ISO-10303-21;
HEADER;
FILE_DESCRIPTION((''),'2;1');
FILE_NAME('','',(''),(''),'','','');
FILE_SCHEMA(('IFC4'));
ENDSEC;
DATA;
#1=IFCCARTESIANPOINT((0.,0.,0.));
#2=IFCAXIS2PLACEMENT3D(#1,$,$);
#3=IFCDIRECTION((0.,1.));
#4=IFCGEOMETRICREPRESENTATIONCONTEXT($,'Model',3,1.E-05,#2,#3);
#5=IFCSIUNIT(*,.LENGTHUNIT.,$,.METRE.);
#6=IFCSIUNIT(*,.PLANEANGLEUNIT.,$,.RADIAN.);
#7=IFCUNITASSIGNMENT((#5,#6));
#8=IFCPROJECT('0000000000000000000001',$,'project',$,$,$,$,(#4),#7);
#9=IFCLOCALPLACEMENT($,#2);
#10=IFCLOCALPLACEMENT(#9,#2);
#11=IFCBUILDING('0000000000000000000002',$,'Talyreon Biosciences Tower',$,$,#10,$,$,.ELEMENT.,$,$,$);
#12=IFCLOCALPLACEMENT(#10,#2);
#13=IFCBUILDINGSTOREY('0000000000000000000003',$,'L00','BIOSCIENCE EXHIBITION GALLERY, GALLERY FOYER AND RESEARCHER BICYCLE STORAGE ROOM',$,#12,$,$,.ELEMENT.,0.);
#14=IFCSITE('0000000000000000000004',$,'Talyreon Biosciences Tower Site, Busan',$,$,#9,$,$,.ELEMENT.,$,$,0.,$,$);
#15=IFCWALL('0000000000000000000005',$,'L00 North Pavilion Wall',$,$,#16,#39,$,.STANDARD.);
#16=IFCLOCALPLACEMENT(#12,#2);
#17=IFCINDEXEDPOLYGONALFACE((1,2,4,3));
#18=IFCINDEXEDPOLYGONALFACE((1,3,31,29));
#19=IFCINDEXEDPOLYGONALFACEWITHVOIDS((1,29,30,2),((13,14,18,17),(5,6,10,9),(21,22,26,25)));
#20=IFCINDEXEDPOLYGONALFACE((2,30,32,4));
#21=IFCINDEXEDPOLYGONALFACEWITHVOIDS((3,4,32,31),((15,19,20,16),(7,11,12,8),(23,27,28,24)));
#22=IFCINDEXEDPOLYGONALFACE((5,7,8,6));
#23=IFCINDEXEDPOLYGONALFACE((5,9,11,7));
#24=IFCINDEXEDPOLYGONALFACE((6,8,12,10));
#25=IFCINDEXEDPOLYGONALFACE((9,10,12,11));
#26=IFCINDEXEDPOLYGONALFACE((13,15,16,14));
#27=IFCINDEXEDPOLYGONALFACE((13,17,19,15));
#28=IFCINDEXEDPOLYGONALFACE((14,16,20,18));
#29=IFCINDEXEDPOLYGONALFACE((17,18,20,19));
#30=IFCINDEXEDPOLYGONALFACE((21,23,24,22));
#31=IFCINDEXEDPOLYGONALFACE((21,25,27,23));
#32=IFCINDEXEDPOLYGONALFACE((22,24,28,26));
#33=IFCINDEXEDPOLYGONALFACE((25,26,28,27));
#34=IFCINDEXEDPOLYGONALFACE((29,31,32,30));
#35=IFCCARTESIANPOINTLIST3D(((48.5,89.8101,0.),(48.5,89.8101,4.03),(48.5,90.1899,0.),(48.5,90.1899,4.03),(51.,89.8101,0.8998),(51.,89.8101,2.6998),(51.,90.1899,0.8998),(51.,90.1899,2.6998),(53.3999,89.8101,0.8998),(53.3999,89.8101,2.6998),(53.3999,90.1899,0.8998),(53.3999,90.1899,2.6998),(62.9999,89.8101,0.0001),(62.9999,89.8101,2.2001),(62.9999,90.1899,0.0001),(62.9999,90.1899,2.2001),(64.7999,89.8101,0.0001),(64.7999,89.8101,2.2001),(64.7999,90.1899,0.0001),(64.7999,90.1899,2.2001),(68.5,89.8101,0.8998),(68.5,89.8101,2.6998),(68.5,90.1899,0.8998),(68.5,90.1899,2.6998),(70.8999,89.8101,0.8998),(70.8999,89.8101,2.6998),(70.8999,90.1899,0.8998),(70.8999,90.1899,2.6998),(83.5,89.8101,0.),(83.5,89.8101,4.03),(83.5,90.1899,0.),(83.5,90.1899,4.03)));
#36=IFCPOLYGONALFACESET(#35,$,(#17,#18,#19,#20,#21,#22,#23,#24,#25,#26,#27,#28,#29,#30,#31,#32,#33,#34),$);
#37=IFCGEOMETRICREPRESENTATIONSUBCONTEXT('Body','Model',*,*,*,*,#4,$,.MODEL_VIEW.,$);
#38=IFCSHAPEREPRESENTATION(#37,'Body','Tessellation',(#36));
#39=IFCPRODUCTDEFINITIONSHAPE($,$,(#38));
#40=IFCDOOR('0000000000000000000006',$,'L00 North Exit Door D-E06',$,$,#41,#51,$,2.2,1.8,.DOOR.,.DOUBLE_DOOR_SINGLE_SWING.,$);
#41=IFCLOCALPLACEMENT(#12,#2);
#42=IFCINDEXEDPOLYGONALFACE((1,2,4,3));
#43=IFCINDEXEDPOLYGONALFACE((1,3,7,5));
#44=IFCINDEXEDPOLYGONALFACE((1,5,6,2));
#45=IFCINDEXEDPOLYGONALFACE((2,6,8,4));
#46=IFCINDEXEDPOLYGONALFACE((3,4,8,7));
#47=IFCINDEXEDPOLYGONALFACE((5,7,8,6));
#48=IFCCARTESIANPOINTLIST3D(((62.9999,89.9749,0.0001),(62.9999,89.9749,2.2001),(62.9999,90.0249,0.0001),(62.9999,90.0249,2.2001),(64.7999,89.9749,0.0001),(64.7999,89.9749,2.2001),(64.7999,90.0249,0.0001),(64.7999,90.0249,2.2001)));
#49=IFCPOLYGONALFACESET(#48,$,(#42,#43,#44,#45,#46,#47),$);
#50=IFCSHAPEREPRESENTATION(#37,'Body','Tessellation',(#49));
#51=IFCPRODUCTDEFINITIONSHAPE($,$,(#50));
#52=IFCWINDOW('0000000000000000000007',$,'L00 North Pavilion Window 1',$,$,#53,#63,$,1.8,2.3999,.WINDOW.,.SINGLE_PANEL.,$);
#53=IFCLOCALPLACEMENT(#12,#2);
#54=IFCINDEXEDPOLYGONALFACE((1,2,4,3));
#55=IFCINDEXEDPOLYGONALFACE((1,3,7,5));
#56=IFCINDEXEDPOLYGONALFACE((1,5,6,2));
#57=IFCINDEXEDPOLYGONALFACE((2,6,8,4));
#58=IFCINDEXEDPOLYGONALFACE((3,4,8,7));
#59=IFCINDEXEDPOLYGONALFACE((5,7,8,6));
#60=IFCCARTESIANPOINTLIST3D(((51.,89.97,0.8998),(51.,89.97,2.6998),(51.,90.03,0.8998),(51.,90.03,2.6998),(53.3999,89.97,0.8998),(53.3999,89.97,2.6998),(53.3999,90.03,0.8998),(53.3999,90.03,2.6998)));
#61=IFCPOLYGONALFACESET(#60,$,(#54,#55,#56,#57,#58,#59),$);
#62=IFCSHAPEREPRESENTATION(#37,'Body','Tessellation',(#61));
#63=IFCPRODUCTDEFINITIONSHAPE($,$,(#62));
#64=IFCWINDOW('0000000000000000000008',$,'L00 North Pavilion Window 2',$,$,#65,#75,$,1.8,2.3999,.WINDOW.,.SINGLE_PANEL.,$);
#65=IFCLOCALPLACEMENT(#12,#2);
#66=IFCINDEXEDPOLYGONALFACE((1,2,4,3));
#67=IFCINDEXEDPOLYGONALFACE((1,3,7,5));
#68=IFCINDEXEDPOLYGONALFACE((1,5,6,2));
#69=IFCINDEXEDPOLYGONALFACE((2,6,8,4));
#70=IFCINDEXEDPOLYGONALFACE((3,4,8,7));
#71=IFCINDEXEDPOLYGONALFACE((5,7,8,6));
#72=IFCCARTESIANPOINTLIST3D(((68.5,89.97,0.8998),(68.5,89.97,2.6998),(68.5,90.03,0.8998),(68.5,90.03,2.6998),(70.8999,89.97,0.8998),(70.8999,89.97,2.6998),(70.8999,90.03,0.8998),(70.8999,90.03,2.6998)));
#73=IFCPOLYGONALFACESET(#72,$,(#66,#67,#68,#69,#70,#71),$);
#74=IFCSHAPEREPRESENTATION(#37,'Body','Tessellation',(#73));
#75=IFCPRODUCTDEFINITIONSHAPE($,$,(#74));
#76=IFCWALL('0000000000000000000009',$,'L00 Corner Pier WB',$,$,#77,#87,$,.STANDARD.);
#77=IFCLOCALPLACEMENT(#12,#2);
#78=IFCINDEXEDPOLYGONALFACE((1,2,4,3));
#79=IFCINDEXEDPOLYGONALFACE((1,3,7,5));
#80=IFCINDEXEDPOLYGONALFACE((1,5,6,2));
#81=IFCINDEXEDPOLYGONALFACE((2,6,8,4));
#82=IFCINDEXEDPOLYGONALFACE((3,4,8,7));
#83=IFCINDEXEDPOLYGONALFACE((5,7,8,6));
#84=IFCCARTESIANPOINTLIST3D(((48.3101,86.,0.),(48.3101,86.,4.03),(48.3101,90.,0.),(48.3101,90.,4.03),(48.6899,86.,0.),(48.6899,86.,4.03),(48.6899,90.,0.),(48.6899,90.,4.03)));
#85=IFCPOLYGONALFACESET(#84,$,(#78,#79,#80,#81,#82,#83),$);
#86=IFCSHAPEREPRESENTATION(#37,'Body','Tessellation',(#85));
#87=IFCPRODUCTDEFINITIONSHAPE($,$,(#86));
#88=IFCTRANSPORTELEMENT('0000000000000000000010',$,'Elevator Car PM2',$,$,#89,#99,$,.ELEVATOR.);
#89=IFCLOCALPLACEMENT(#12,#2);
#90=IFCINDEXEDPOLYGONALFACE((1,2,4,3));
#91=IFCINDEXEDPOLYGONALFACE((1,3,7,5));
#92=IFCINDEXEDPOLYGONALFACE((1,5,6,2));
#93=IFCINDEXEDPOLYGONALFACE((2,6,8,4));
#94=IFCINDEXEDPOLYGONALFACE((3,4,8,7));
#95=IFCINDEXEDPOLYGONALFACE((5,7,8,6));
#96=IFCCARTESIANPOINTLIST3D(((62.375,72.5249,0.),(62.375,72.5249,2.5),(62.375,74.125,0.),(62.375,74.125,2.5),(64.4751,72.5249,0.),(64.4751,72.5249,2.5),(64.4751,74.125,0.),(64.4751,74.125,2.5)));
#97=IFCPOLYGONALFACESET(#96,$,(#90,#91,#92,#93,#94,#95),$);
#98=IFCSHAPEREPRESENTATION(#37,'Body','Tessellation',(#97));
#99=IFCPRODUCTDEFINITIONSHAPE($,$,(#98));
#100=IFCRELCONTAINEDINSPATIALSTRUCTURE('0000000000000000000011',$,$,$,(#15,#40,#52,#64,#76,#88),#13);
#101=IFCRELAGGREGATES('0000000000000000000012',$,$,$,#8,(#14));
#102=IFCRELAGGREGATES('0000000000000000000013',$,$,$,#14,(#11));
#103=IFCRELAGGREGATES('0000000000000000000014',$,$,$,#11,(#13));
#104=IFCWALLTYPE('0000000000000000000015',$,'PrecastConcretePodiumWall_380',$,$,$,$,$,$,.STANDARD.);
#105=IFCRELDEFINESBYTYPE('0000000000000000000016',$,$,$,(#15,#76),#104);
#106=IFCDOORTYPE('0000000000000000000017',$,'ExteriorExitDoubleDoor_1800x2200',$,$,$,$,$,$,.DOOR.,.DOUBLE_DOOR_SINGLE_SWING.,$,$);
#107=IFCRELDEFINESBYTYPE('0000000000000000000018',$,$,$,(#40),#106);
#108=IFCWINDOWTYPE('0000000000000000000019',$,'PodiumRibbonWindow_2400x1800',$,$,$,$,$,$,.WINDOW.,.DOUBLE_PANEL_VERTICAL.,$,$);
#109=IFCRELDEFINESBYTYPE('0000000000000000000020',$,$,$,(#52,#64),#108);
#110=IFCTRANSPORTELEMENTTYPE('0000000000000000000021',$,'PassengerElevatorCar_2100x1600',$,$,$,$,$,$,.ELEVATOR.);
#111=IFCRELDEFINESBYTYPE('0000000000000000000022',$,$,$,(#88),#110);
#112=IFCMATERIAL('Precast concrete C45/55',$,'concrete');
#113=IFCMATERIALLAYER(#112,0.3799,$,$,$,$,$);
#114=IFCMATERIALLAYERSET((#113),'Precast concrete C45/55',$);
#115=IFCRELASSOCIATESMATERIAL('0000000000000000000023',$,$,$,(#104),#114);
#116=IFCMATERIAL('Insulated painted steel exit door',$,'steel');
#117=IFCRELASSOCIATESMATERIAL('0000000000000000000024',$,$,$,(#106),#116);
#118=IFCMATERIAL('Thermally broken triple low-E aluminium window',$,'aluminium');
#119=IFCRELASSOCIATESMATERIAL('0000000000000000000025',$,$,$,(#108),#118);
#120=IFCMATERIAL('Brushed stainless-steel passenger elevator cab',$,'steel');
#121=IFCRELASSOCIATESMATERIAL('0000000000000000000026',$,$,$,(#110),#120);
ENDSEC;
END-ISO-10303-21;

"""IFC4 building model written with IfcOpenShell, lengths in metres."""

from ifc_helpers import new_model, si_unit, direction, frame, frame_2d, origin, origin_2d, place, context, subcontext, project, spatial, rectangle, extrude, material, layer, layer_set, type_object, element, fill, save


model = new_model("IFC4")

# Units and contexts
model_context = context("Model", 3, precision=1e-05, world=origin(), true_north=direction((0.0, 1.0)))
body_context = subcontext(model_context, "Body", "Model", "MODEL_VIEW")
ifc_project = project(units=[si_unit("LENGTHUNIT", "METRE"), si_unit("PLANEANGLEUNIT", "RADIAN")], contexts=[model_context])

# Site, building, storey
site_placement = place(None, origin())
site = spatial("IfcSite", under=ifc_project, at=site_placement, Name="Talyreon Biosciences Tower Site, Busan", CompositionType="ELEMENT", RefElevation=0.0)
building_placement = place(site_placement, origin())
building = spatial("IfcBuilding", under=site, at=building_placement, Name="Talyreon Biosciences Tower", CompositionType="ELEMENT")
storey_placement = place(building_placement, origin())
storey = spatial("IfcBuildingStorey", under=building, at=storey_placement, Name="L00", Description="BIOSCIENCE EXHIBITION GALLERY, GALLERY FOYER AND RESEARCHER BICYCLE STORAGE ROOM", CompositionType="ELEMENT", Elevation=0.0)

# Wall, openings, door, windows
ifc_material_1 = material(Name="Precast concrete C45/55", Category="concrete")
ifc_layer_1 = layer(ifc_material_1, 0.3799)
ifc_layer_set_1 = layer_set([ifc_layer_1], Name="Precast concrete C45/55")
wall_type_1 = type_object("IfcWallType", Name="PrecastConcretePodiumWall_380", PredefinedType="STANDARD", material=ifc_layer_set_1)
wall_1_placement = place(storey_placement, frame((48.5, 90.0, 0.0), z_axis=(0.0, 0.0, 1.0), x_axis=(1.0, 0.0, 0.0)))
wall_1 = element("IfcWall", 1, at=wall_1_placement, inside=storey, type_object=wall_type_1, Name="L00 North Pavilion Wall", PredefinedType="STANDARD", context=body_context, shape_type="SweptSolid", body=[
    extrude(rectangle(XDim=35.0, YDim=0.3799, at=frame_2d((17.5, 0.0))), origin(), (0.0, 0.0, 1.0), 4.03),
])
opening_1_placement = place(wall_1_placement, frame((14.5, 0.0, 0.0)))
opening_1 = element("IfcOpeningElement", 2, at=opening_1_placement, cuts=wall_1, PredefinedType="OPENING", context=body_context, shape_type="SweptSolid", body=[
    extrude(rectangle(XDim=1.8, YDim=2.2, at=frame_2d((0.8999, 1.1001))), frame((0.0, 0.2, 0.0), z_axis=(0.0, -1.0, 0.0), x_axis=(1.0, 0.0, 0.0)), (0.0, 0.0, 1.0), 0.3999),
])
opening_2_placement = place(wall_1_placement, frame((2.5, 0.0, 0.8999)))
opening_2 = element("IfcOpeningElement", 3, at=opening_2_placement, cuts=wall_1, PredefinedType="OPENING", context=body_context, shape_type="SweptSolid", body=[
    extrude(rectangle(XDim=2.3999, YDim=1.8, at=frame_2d((1.2, 0.8999))), frame((0.0, 0.2, 0.0), z_axis=(0.0, -1.0, 0.0), x_axis=(1.0, 0.0, 0.0)), (0.0, 0.0, 1.0), 0.3999),
])
opening_3_placement = place(wall_1_placement, frame((20.0, 0.0, 0.8999)))
opening_3 = element("IfcOpeningElement", 4, at=opening_3_placement, cuts=wall_1, PredefinedType="OPENING", context=body_context, shape_type="SweptSolid", body=[
    extrude(rectangle(XDim=2.3999, YDim=1.8, at=frame_2d((1.2, 0.8999))), frame((0.0, 0.2, 0.0), z_axis=(0.0, -1.0, 0.0), x_axis=(1.0, 0.0, 0.0)), (0.0, 0.0, 1.0), 0.3999),
])
ifc_material_2 = material(Name="Insulated painted steel exit door", Category="steel")
door_type_1 = type_object("IfcDoorType", Name="ExteriorExitDoubleDoor_1800x2200", OperationType="DOUBLE_DOOR_SINGLE_SWING", PredefinedType="DOOR", material=ifc_material_2)
door_1_placement = place(opening_1_placement, origin())
door_1 = element("IfcDoor", 5, at=door_1_placement, inside=storey, type_object=door_type_1, Name="L00 North Exit Door D-E06", OperationType="DOUBLE_DOOR_SINGLE_SWING", OverallHeight=2.2, OverallWidth=1.8, PredefinedType="DOOR", context=body_context, shape_type="SweptSolid", body=[
    extrude(rectangle(XDim=1.8, YDim=2.2, at=frame_2d((0.8999, 1.1001))), frame((0.0, 0.0249, 0.0), z_axis=(0.0, -1.0, 0.0), x_axis=(1.0, 0.0, 0.0)), (0.0, 0.0, 1.0), 0.05),
])
fill(opening_1, door_1)
ifc_material_3 = material(Name="Thermally broken triple low-E aluminium window", Category="aluminium")
window_type = type_object("IfcWindowType", Name="PodiumRibbonWindow_2400x1800", PartitioningType="DOUBLE_PANEL_VERTICAL", PredefinedType="WINDOW", material=ifc_material_3)
window_1_placement = place(opening_2_placement, origin())
window_1 = element("IfcWindow", 6, at=window_1_placement, inside=storey, type_object=window_type, Name="L00 North Pavilion Window 1", OverallHeight=1.8, OverallWidth=2.3999, PartitioningType="SINGLE_PANEL", PredefinedType="WINDOW", context=body_context, shape_type="SweptSolid", body=[
    extrude(rectangle(XDim=2.3999, YDim=1.8, at=frame_2d((1.2, 0.8999))), frame((0.0, 0.03, 0.0), z_axis=(0.0, -1.0, 0.0), x_axis=(1.0, 0.0, 0.0)), (0.0, 0.0, 1.0), 0.0601),
])
fill(opening_2, window_1)
window_2_placement = place(opening_3_placement, origin())
window_2 = element("IfcWindow", 7, at=window_2_placement, inside=storey, type_object=window_type, Name="L00 North Pavilion Window 2", OverallHeight=1.8, OverallWidth=2.3999, PartitioningType="SINGLE_PANEL", PredefinedType="WINDOW", context=body_context, shape_type="SweptSolid", body=[
    extrude(rectangle(XDim=2.3999, YDim=1.8, at=frame_2d((1.2, 0.8999))), frame((0.0, 0.03, 0.0), z_axis=(0.0, -1.0, 0.0), x_axis=(1.0, 0.0, 0.0)), (0.0, 0.0, 1.0), 0.0601),
])
fill(opening_3, window_2)

# Wall
wall_2_placement = place(storey_placement, frame((48.5, 86.0, 0.0), z_axis=(0.0, 0.0, 1.0), x_axis=(0.0, 1.0, 0.0)))
element("IfcWall", 8, at=wall_2_placement, inside=storey, type_object=wall_type_1, Name="L00 Corner Pier WB", PredefinedType="STANDARD", context=body_context, shape_type="SweptSolid", body=[
    extrude(rectangle(XDim=4.0, YDim=0.3799, at=frame_2d((2.0, 0.0))), origin(), (0.0, 0.0, 1.0), 4.03),
])

# Transport element
ifc_material_4 = material(Name="Brushed stainless-steel passenger elevator cab", Category="steel")
transport_element_type = type_object("IfcTransportElementType", Name="PassengerElevatorCar_2100x1600", PredefinedType="ELEVATOR", material=ifc_material_4)
transport_element_placement = place(storey_placement, frame((63.425, 73.325, 0.0), z_axis=(0.0, 0.0, 1.0), x_axis=(1.0, 0.0, 0.0)))
element("IfcTransportElement", 9, at=transport_element_placement, inside=storey, type_object=transport_element_type, Name="Elevator Car PM2", PredefinedType="ELEVATOR", context=body_context, shape_type="SweptSolid", body=[
    extrude(rectangle(XDim=2.1001, YDim=1.6001, at=origin_2d()), origin(), (0.0, 0.0, 1.0), 2.5),
])

save(model, "model.ifc")
